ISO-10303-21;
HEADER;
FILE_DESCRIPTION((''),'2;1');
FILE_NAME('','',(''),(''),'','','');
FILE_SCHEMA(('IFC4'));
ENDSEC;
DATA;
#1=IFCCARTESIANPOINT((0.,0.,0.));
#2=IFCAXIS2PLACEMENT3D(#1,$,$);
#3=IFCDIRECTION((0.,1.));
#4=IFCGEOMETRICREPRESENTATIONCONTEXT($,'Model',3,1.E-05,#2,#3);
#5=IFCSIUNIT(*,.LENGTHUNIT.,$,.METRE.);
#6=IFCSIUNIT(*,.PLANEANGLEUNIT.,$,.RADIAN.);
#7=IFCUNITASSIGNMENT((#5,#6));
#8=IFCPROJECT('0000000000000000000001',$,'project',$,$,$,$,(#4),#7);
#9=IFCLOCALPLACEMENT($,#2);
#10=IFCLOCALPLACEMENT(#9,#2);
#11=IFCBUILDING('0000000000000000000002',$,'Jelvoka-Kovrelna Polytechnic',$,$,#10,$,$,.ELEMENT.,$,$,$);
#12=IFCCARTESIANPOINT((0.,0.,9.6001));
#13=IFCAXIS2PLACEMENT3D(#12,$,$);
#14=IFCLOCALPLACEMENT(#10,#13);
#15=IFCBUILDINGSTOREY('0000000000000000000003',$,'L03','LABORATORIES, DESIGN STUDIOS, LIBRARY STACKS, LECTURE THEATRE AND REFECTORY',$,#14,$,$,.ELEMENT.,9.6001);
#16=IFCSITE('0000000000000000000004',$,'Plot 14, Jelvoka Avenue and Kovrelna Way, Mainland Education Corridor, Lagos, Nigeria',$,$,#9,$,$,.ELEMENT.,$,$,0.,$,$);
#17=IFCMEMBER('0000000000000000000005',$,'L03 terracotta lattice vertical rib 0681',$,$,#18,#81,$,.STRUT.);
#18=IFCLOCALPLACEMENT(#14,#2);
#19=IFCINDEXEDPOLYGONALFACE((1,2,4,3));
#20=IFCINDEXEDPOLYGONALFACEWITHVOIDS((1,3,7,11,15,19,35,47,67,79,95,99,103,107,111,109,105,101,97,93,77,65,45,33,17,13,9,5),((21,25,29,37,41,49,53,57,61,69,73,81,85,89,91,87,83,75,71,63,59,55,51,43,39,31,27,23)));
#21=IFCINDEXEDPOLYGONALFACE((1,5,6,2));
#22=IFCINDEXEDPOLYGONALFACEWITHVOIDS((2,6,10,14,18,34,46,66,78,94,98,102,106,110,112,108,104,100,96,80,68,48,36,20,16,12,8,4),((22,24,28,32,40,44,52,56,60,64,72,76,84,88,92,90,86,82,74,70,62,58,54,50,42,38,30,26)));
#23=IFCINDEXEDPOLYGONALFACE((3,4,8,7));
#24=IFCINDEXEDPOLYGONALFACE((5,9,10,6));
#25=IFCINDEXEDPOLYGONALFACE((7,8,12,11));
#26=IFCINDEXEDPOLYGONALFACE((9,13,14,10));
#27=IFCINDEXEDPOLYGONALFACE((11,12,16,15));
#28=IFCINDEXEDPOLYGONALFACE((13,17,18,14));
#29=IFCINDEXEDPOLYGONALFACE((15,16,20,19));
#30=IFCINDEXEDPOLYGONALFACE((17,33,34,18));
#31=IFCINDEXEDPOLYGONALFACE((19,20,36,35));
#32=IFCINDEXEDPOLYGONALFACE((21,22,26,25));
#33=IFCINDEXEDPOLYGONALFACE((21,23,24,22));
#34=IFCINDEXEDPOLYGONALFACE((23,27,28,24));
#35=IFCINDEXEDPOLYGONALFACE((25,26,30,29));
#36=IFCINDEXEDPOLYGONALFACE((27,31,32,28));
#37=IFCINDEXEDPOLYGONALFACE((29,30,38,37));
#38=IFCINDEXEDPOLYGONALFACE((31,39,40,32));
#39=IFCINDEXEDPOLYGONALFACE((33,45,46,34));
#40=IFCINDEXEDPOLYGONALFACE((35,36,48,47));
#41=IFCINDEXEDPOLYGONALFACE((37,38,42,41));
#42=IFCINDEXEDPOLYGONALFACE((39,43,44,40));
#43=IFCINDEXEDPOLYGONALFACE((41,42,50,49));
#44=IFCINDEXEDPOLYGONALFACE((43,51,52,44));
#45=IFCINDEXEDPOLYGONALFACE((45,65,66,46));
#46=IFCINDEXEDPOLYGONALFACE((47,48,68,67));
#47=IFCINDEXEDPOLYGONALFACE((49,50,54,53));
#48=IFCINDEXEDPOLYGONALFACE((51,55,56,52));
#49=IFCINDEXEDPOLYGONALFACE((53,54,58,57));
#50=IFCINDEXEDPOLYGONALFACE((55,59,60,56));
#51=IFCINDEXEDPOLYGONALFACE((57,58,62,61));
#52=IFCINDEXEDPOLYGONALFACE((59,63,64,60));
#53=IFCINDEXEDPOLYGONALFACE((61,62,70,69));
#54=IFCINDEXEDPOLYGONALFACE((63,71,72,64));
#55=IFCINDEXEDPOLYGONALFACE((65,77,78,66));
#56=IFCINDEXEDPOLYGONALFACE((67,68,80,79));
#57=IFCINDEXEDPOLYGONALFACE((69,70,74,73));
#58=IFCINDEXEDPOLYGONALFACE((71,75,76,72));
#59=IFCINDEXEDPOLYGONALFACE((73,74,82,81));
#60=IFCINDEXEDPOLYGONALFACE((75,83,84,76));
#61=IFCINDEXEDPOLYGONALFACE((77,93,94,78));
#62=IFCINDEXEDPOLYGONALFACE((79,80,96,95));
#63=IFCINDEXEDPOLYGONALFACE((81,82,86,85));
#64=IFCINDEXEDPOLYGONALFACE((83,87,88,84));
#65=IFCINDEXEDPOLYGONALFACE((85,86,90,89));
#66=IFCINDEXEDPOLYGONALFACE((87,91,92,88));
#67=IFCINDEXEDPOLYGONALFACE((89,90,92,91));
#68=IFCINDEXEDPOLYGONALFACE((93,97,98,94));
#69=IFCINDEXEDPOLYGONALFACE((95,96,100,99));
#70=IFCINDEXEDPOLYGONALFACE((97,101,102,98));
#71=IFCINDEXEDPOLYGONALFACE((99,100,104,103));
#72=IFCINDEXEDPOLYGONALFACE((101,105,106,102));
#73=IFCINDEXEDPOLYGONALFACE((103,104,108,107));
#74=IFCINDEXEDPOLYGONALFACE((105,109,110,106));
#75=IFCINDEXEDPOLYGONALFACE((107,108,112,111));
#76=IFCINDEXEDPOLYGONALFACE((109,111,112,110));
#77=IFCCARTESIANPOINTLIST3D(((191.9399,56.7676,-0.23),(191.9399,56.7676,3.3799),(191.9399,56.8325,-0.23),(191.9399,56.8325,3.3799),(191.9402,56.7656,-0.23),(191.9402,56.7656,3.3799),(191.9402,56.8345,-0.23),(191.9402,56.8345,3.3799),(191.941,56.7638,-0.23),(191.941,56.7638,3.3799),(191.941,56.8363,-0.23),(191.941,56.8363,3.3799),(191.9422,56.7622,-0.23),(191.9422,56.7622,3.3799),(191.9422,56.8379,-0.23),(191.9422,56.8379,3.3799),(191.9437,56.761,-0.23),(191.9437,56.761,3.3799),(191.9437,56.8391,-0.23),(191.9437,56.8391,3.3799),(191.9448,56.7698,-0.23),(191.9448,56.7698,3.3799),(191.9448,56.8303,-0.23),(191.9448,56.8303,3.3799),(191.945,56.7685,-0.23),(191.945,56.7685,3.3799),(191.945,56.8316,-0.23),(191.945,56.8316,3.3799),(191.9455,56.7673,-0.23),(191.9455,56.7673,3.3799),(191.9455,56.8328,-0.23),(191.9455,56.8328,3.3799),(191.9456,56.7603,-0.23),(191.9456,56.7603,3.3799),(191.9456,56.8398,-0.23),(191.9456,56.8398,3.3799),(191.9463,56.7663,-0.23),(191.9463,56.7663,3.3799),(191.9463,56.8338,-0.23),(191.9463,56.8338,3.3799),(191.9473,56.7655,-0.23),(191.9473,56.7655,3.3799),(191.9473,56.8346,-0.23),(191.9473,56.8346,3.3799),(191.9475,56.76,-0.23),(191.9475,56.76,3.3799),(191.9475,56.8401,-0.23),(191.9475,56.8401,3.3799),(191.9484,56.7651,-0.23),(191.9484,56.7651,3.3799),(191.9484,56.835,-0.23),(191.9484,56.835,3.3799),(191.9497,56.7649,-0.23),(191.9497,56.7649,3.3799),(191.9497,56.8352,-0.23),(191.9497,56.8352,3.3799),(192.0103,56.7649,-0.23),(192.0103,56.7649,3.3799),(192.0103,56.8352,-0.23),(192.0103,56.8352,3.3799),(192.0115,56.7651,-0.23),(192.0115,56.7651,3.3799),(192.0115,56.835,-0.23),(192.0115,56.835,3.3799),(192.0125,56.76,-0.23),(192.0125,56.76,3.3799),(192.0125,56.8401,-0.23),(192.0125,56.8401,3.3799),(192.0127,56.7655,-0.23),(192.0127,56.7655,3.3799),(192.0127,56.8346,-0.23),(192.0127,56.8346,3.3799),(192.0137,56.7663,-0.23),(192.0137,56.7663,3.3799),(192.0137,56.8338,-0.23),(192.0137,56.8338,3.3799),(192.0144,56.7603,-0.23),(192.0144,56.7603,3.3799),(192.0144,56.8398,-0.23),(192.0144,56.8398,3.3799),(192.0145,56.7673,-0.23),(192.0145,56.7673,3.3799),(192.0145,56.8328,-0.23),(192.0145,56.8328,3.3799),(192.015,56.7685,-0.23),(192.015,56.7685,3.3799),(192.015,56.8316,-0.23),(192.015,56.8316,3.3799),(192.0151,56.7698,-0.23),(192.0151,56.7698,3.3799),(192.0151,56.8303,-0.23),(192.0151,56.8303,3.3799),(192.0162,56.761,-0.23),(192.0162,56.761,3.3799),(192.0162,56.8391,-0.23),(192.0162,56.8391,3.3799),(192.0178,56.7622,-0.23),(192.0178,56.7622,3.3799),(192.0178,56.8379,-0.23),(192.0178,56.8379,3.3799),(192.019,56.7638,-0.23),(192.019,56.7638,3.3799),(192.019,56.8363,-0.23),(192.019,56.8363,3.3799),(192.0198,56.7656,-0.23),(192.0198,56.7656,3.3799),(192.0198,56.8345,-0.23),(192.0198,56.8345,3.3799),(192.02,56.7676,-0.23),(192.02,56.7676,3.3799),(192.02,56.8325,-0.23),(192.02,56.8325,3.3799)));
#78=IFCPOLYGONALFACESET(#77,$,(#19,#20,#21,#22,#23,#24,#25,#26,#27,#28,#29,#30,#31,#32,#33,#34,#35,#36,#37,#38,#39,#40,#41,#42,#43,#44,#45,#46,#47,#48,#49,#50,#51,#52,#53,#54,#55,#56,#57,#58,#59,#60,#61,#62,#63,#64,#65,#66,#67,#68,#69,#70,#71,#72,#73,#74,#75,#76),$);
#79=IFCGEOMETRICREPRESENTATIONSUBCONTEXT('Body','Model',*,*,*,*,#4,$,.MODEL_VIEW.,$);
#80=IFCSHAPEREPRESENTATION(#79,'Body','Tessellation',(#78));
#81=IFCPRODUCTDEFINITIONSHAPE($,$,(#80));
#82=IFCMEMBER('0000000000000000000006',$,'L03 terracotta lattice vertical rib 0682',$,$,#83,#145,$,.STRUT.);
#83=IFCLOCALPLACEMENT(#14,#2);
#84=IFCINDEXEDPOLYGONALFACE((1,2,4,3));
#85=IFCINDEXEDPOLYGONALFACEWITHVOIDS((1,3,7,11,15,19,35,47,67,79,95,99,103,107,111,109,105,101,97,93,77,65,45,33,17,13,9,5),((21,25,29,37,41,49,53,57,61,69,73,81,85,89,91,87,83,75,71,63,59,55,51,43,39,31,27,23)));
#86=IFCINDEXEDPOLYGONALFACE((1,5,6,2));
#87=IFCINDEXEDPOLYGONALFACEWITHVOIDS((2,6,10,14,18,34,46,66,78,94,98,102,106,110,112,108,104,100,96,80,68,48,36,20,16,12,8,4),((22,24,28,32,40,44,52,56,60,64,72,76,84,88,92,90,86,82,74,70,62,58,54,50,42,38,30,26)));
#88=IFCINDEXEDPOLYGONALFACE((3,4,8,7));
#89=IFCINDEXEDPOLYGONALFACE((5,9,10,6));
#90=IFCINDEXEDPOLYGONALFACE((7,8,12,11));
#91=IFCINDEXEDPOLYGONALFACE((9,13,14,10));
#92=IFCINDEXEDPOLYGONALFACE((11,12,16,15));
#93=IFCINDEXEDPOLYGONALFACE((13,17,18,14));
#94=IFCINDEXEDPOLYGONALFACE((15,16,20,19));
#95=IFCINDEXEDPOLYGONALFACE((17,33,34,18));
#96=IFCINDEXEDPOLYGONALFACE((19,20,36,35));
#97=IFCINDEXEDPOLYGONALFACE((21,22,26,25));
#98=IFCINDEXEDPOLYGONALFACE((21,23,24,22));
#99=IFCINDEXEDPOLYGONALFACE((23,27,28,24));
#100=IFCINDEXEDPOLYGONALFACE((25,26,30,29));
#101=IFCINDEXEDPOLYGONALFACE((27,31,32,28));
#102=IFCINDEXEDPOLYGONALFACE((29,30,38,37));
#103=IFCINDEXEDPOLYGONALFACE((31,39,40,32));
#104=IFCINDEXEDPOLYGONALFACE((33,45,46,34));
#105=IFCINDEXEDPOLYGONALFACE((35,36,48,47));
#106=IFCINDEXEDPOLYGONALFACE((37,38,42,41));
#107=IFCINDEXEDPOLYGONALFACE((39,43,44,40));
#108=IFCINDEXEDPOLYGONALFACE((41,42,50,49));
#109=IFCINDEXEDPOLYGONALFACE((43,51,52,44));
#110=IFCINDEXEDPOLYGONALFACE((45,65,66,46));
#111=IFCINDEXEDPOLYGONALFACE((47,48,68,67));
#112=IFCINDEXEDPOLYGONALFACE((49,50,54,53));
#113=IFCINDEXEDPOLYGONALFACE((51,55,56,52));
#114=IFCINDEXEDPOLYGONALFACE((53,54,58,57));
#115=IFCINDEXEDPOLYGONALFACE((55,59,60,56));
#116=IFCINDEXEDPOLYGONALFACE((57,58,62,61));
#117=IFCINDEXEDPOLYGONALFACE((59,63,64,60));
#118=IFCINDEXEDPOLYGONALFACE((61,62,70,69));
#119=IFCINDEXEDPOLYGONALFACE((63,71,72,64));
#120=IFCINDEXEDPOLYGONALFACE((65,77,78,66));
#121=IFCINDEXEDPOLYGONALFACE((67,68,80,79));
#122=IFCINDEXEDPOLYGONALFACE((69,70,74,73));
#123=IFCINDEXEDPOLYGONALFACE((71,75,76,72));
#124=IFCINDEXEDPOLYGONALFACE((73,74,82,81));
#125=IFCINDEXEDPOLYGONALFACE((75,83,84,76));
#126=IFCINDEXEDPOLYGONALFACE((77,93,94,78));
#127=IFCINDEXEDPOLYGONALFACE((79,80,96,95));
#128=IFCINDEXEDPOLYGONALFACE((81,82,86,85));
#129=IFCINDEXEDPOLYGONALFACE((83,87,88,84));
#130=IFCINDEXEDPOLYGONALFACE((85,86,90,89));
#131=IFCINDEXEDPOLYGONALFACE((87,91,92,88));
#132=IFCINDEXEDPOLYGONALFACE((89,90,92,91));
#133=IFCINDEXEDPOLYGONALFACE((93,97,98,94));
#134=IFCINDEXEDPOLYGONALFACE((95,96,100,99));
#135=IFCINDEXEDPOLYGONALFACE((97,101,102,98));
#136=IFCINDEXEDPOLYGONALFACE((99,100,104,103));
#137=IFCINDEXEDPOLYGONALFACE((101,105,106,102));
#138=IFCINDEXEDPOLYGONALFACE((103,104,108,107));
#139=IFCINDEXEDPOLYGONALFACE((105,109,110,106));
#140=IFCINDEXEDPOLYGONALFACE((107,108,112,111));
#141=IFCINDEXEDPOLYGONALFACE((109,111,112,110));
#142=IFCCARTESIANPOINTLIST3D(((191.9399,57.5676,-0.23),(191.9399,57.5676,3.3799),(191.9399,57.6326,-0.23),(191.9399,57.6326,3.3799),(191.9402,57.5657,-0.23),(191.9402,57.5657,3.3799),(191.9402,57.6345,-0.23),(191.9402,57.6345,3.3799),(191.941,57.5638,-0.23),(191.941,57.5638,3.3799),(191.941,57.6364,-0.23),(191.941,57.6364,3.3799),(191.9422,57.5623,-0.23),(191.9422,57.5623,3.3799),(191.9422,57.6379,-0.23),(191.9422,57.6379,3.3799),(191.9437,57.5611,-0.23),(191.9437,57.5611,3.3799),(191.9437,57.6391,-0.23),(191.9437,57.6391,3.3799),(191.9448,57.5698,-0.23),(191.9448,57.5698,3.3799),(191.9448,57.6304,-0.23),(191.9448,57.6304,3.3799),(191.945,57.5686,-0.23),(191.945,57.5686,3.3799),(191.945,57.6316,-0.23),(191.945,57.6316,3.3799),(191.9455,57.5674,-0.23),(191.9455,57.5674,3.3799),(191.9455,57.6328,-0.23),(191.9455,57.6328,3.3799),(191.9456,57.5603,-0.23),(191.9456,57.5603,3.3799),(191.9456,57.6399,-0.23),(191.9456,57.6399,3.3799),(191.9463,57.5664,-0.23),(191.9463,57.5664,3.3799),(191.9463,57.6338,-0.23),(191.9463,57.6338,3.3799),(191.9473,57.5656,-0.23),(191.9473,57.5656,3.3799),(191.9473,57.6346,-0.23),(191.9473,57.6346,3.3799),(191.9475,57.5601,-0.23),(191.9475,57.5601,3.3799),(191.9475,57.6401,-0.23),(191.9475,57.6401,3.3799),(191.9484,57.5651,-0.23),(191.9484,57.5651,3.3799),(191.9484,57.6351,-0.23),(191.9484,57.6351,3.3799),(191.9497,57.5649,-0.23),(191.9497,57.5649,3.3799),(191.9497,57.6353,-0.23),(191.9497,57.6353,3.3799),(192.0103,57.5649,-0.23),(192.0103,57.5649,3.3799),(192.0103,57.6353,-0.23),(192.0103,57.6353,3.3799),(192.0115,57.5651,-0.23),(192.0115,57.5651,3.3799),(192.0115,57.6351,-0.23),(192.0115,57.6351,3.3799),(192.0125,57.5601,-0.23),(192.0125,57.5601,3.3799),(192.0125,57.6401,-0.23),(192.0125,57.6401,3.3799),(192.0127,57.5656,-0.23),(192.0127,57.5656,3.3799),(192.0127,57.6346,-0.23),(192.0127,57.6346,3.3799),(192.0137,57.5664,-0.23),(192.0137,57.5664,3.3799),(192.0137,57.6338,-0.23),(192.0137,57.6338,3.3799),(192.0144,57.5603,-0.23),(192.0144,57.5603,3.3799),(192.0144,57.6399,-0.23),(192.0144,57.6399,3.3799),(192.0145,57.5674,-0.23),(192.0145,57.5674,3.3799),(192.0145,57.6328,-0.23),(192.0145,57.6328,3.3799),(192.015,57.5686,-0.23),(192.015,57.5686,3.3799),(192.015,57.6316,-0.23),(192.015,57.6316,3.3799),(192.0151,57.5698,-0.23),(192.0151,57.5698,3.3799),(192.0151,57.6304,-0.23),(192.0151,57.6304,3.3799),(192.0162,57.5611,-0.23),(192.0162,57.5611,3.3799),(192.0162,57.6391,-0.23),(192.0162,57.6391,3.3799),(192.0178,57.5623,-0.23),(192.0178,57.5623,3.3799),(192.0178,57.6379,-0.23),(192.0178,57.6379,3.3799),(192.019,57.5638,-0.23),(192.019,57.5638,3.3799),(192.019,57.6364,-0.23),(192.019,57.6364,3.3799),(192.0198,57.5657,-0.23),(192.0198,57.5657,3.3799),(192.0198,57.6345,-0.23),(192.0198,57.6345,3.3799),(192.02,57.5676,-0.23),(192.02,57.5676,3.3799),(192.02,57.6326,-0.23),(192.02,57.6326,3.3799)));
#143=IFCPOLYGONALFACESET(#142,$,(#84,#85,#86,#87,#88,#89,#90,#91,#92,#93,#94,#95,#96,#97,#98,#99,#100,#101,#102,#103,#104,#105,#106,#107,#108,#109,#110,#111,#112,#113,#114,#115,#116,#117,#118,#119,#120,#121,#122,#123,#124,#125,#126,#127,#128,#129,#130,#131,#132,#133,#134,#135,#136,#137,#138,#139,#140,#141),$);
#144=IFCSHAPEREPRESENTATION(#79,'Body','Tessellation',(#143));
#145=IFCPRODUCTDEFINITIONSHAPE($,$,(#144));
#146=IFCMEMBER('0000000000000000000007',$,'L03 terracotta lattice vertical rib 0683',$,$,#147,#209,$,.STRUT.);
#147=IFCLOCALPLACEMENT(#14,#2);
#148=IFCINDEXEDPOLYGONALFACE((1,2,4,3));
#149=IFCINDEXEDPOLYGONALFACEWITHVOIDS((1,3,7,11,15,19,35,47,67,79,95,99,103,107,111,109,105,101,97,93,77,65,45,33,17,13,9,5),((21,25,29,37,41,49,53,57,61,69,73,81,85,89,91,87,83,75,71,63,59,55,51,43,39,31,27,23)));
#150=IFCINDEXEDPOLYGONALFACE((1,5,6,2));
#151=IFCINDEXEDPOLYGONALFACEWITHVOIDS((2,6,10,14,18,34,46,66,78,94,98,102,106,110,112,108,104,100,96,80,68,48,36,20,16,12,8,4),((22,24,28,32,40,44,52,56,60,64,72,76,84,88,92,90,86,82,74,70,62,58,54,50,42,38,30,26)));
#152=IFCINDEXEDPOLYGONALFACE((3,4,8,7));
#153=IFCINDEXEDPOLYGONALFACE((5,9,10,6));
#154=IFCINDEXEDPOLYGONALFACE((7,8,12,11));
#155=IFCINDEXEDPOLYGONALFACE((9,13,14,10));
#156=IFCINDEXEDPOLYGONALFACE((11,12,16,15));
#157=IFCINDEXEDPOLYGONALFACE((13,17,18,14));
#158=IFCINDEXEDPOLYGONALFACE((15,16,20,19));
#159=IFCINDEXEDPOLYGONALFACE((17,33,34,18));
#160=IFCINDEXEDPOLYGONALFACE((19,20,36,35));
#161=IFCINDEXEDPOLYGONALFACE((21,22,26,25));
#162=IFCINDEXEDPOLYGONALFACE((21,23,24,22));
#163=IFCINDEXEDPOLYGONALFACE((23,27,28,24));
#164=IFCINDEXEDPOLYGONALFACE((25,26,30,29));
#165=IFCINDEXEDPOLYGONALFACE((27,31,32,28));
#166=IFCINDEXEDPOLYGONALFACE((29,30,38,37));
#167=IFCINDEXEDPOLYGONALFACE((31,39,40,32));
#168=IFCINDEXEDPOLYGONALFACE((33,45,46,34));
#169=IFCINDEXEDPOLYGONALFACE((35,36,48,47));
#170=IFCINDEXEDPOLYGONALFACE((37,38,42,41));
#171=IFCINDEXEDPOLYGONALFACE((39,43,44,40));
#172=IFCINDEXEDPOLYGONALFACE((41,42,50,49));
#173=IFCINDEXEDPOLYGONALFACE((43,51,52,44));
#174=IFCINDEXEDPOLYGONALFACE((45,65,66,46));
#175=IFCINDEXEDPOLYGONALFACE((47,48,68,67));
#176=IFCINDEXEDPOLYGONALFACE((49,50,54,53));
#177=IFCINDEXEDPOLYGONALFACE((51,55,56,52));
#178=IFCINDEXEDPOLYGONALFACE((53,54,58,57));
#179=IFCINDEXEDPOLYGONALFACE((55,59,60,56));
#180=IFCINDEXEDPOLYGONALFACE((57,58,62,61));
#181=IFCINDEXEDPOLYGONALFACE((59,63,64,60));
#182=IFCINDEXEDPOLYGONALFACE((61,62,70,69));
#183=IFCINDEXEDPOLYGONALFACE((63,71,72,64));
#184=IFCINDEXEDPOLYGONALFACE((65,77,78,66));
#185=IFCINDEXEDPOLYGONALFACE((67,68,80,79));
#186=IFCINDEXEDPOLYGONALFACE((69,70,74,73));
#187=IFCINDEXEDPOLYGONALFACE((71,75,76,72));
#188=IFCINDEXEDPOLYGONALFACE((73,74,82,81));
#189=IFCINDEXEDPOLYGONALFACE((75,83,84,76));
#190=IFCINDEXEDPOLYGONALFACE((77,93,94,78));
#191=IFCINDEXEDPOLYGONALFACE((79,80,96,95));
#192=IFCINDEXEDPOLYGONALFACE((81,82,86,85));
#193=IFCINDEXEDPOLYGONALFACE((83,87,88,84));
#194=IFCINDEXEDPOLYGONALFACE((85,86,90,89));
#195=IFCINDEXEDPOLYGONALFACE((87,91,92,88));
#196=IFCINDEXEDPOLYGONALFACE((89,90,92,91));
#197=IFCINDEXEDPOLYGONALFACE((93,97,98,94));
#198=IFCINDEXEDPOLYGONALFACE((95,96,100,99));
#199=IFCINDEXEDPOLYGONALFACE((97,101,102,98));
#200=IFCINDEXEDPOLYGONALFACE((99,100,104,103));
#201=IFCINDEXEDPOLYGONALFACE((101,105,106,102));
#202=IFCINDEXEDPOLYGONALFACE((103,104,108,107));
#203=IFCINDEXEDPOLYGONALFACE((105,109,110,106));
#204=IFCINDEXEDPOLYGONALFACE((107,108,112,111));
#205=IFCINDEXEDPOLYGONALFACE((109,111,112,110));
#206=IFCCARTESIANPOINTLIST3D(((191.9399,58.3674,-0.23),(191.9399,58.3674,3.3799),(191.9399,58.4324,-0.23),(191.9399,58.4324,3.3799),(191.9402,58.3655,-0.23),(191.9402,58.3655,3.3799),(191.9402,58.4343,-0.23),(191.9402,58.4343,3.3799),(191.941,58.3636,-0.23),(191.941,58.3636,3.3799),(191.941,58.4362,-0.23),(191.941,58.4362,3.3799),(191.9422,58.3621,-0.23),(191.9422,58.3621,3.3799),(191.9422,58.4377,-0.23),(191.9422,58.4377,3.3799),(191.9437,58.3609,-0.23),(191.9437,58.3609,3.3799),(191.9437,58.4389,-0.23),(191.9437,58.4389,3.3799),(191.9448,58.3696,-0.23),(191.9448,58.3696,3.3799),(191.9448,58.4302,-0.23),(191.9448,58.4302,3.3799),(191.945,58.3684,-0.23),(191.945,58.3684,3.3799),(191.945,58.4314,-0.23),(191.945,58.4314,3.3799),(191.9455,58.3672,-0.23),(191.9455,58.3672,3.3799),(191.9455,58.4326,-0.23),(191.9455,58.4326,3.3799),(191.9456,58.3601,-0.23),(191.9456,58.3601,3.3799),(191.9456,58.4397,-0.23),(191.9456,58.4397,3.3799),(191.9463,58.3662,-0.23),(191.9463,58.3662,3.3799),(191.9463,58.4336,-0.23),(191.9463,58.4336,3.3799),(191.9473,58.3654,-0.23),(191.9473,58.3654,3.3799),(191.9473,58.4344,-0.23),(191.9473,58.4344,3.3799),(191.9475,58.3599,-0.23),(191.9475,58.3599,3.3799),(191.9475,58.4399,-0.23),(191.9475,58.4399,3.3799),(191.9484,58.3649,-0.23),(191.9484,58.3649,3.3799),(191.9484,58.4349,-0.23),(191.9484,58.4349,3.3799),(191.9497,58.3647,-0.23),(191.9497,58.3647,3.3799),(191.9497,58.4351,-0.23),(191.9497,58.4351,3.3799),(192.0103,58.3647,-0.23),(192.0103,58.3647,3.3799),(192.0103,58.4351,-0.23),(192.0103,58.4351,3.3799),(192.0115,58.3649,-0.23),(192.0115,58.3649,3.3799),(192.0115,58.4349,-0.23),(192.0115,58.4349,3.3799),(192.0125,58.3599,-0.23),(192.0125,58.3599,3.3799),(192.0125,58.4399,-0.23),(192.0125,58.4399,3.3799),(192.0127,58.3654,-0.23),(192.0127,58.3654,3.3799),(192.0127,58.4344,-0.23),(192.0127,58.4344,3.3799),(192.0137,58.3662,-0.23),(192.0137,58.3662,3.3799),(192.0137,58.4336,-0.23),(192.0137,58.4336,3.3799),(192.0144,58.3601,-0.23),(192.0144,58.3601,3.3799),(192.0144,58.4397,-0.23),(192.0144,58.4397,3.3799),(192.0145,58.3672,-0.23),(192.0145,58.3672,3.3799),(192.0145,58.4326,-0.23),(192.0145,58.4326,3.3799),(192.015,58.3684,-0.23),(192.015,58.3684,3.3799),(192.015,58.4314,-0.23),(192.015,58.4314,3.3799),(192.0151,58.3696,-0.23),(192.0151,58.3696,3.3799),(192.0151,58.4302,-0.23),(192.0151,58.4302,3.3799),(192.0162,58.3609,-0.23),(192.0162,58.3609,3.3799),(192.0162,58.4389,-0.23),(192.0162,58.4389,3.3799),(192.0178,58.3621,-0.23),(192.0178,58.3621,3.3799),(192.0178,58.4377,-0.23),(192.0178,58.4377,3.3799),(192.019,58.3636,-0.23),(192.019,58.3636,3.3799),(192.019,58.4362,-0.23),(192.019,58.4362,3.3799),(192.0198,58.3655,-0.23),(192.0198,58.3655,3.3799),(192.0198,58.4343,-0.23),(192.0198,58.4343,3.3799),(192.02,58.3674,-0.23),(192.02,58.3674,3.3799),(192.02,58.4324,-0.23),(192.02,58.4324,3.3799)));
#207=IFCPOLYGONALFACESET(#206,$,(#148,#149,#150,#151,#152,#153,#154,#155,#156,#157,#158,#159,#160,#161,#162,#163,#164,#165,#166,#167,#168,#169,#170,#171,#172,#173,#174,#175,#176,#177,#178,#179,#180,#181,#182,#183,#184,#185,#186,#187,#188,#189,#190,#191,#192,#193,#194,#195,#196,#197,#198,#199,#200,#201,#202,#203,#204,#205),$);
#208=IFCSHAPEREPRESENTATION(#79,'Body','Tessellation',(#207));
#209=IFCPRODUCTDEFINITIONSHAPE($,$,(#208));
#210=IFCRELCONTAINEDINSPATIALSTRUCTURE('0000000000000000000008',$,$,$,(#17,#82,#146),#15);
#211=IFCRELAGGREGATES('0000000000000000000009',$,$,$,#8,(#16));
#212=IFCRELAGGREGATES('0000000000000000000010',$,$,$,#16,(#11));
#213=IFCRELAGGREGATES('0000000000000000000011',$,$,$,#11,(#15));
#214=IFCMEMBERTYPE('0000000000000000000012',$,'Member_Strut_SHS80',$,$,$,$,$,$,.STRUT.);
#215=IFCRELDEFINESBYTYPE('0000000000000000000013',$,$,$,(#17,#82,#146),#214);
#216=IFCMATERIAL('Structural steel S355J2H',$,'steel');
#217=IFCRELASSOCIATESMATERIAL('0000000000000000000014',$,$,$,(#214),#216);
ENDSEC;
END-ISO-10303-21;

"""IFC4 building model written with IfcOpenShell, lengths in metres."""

from ifc_helpers import new_model, si_unit, direction, frame, origin, origin_2d, place, context, subcontext, project, spatial, hollow_rectangle, extrude, material, material_profile, profile_set, type_object, element, save


model = new_model("IFC4")

# Units and contexts
model_context = context("Model", 3, precision=1e-05, world=origin(), true_north=direction((0.0, 1.0)))
body_context = subcontext(model_context, "Body", "Model", "MODEL_VIEW")
ifc_project = project(units=[si_unit("LENGTHUNIT", "METRE"), si_unit("PLANEANGLEUNIT", "RADIAN")], contexts=[model_context])

# Site, building, storey
site_placement = place(None, origin())
site = spatial("IfcSite", under=ifc_project, at=site_placement, Name="Plot 14, Jelvoka Avenue and Kovrelna Way, Mainland Education Corridor, Lagos, Nigeria", CompositionType="ELEMENT", RefElevation=0.0)
building_placement = place(site_placement, origin())
building = spatial("IfcBuilding", under=site, at=building_placement, Name="Jelvoka-Kovrelna Polytechnic", CompositionType="ELEMENT")
storey_placement = place(building_placement, frame((0.0, 0.0, 9.6001)))
storey = spatial("IfcBuildingStorey", under=building, at=storey_placement, Name="L03", Description="LABORATORIES, DESIGN STUDIOS, LIBRARY STACKS, LECTURE THEATRE AND REFECTORY", CompositionType="ELEMENT", Elevation=9.6001)

# Members
ifc_material_1 = material(Name="Structural steel S355J2H", Category="steel")
ifc_material_profile_1 = material_profile(ifc_material_1, hollow_rectangle(XDim=0.0801, YDim=0.0801, WallThickness=0.0049, InnerFilletRadius=0.0049, OuterFilletRadius=0.0076, at=origin_2d()), Name="80x80x5.0 SHS")
ifc_profile_set_1 = profile_set([ifc_material_profile_1], Name="Structural steel S355J2H")
member_type_1 = type_object("IfcMemberType", Name="Member_Strut_SHS80", PredefinedType="STRUT", material=ifc_profile_set_1)
for number, where, z_axis, x_axis, name in (
    (1, (191.98, 56.8, -0.23), (0.0, 0.0, 1.0), (1.0, 0.0, 0.0), "L03 terracotta lattice vertical rib 0681"),
    (2, (191.98, 57.6001, -0.23), (0.0, 0.0, 1.0), (1.0, 0.0, 0.0), "L03 terracotta lattice vertical rib 0682"),
    (3, (191.98, 58.3999, -0.23), (0.0, 0.0, 1.0), (1.0, 0.0, 0.0), "L03 terracotta lattice vertical rib 0683"),
):
    element("IfcMember", number, at=place(storey_placement, frame(where, z_axis=z_axis, x_axis=x_axis)), inside=storey, type_object=member_type_1, Name=name, PredefinedType="STRUT", context=body_context, shape_type="SweptSolid", body=[
        extrude(hollow_rectangle(XDim=0.0801, YDim=0.0801, WallThickness=0.0049, InnerFilletRadius=0.0049, OuterFilletRadius=0.0076, at=origin_2d()), origin(), (0.0, 0.0, 1.0), 3.6099),
    ])

save(model, "model.ifc")
